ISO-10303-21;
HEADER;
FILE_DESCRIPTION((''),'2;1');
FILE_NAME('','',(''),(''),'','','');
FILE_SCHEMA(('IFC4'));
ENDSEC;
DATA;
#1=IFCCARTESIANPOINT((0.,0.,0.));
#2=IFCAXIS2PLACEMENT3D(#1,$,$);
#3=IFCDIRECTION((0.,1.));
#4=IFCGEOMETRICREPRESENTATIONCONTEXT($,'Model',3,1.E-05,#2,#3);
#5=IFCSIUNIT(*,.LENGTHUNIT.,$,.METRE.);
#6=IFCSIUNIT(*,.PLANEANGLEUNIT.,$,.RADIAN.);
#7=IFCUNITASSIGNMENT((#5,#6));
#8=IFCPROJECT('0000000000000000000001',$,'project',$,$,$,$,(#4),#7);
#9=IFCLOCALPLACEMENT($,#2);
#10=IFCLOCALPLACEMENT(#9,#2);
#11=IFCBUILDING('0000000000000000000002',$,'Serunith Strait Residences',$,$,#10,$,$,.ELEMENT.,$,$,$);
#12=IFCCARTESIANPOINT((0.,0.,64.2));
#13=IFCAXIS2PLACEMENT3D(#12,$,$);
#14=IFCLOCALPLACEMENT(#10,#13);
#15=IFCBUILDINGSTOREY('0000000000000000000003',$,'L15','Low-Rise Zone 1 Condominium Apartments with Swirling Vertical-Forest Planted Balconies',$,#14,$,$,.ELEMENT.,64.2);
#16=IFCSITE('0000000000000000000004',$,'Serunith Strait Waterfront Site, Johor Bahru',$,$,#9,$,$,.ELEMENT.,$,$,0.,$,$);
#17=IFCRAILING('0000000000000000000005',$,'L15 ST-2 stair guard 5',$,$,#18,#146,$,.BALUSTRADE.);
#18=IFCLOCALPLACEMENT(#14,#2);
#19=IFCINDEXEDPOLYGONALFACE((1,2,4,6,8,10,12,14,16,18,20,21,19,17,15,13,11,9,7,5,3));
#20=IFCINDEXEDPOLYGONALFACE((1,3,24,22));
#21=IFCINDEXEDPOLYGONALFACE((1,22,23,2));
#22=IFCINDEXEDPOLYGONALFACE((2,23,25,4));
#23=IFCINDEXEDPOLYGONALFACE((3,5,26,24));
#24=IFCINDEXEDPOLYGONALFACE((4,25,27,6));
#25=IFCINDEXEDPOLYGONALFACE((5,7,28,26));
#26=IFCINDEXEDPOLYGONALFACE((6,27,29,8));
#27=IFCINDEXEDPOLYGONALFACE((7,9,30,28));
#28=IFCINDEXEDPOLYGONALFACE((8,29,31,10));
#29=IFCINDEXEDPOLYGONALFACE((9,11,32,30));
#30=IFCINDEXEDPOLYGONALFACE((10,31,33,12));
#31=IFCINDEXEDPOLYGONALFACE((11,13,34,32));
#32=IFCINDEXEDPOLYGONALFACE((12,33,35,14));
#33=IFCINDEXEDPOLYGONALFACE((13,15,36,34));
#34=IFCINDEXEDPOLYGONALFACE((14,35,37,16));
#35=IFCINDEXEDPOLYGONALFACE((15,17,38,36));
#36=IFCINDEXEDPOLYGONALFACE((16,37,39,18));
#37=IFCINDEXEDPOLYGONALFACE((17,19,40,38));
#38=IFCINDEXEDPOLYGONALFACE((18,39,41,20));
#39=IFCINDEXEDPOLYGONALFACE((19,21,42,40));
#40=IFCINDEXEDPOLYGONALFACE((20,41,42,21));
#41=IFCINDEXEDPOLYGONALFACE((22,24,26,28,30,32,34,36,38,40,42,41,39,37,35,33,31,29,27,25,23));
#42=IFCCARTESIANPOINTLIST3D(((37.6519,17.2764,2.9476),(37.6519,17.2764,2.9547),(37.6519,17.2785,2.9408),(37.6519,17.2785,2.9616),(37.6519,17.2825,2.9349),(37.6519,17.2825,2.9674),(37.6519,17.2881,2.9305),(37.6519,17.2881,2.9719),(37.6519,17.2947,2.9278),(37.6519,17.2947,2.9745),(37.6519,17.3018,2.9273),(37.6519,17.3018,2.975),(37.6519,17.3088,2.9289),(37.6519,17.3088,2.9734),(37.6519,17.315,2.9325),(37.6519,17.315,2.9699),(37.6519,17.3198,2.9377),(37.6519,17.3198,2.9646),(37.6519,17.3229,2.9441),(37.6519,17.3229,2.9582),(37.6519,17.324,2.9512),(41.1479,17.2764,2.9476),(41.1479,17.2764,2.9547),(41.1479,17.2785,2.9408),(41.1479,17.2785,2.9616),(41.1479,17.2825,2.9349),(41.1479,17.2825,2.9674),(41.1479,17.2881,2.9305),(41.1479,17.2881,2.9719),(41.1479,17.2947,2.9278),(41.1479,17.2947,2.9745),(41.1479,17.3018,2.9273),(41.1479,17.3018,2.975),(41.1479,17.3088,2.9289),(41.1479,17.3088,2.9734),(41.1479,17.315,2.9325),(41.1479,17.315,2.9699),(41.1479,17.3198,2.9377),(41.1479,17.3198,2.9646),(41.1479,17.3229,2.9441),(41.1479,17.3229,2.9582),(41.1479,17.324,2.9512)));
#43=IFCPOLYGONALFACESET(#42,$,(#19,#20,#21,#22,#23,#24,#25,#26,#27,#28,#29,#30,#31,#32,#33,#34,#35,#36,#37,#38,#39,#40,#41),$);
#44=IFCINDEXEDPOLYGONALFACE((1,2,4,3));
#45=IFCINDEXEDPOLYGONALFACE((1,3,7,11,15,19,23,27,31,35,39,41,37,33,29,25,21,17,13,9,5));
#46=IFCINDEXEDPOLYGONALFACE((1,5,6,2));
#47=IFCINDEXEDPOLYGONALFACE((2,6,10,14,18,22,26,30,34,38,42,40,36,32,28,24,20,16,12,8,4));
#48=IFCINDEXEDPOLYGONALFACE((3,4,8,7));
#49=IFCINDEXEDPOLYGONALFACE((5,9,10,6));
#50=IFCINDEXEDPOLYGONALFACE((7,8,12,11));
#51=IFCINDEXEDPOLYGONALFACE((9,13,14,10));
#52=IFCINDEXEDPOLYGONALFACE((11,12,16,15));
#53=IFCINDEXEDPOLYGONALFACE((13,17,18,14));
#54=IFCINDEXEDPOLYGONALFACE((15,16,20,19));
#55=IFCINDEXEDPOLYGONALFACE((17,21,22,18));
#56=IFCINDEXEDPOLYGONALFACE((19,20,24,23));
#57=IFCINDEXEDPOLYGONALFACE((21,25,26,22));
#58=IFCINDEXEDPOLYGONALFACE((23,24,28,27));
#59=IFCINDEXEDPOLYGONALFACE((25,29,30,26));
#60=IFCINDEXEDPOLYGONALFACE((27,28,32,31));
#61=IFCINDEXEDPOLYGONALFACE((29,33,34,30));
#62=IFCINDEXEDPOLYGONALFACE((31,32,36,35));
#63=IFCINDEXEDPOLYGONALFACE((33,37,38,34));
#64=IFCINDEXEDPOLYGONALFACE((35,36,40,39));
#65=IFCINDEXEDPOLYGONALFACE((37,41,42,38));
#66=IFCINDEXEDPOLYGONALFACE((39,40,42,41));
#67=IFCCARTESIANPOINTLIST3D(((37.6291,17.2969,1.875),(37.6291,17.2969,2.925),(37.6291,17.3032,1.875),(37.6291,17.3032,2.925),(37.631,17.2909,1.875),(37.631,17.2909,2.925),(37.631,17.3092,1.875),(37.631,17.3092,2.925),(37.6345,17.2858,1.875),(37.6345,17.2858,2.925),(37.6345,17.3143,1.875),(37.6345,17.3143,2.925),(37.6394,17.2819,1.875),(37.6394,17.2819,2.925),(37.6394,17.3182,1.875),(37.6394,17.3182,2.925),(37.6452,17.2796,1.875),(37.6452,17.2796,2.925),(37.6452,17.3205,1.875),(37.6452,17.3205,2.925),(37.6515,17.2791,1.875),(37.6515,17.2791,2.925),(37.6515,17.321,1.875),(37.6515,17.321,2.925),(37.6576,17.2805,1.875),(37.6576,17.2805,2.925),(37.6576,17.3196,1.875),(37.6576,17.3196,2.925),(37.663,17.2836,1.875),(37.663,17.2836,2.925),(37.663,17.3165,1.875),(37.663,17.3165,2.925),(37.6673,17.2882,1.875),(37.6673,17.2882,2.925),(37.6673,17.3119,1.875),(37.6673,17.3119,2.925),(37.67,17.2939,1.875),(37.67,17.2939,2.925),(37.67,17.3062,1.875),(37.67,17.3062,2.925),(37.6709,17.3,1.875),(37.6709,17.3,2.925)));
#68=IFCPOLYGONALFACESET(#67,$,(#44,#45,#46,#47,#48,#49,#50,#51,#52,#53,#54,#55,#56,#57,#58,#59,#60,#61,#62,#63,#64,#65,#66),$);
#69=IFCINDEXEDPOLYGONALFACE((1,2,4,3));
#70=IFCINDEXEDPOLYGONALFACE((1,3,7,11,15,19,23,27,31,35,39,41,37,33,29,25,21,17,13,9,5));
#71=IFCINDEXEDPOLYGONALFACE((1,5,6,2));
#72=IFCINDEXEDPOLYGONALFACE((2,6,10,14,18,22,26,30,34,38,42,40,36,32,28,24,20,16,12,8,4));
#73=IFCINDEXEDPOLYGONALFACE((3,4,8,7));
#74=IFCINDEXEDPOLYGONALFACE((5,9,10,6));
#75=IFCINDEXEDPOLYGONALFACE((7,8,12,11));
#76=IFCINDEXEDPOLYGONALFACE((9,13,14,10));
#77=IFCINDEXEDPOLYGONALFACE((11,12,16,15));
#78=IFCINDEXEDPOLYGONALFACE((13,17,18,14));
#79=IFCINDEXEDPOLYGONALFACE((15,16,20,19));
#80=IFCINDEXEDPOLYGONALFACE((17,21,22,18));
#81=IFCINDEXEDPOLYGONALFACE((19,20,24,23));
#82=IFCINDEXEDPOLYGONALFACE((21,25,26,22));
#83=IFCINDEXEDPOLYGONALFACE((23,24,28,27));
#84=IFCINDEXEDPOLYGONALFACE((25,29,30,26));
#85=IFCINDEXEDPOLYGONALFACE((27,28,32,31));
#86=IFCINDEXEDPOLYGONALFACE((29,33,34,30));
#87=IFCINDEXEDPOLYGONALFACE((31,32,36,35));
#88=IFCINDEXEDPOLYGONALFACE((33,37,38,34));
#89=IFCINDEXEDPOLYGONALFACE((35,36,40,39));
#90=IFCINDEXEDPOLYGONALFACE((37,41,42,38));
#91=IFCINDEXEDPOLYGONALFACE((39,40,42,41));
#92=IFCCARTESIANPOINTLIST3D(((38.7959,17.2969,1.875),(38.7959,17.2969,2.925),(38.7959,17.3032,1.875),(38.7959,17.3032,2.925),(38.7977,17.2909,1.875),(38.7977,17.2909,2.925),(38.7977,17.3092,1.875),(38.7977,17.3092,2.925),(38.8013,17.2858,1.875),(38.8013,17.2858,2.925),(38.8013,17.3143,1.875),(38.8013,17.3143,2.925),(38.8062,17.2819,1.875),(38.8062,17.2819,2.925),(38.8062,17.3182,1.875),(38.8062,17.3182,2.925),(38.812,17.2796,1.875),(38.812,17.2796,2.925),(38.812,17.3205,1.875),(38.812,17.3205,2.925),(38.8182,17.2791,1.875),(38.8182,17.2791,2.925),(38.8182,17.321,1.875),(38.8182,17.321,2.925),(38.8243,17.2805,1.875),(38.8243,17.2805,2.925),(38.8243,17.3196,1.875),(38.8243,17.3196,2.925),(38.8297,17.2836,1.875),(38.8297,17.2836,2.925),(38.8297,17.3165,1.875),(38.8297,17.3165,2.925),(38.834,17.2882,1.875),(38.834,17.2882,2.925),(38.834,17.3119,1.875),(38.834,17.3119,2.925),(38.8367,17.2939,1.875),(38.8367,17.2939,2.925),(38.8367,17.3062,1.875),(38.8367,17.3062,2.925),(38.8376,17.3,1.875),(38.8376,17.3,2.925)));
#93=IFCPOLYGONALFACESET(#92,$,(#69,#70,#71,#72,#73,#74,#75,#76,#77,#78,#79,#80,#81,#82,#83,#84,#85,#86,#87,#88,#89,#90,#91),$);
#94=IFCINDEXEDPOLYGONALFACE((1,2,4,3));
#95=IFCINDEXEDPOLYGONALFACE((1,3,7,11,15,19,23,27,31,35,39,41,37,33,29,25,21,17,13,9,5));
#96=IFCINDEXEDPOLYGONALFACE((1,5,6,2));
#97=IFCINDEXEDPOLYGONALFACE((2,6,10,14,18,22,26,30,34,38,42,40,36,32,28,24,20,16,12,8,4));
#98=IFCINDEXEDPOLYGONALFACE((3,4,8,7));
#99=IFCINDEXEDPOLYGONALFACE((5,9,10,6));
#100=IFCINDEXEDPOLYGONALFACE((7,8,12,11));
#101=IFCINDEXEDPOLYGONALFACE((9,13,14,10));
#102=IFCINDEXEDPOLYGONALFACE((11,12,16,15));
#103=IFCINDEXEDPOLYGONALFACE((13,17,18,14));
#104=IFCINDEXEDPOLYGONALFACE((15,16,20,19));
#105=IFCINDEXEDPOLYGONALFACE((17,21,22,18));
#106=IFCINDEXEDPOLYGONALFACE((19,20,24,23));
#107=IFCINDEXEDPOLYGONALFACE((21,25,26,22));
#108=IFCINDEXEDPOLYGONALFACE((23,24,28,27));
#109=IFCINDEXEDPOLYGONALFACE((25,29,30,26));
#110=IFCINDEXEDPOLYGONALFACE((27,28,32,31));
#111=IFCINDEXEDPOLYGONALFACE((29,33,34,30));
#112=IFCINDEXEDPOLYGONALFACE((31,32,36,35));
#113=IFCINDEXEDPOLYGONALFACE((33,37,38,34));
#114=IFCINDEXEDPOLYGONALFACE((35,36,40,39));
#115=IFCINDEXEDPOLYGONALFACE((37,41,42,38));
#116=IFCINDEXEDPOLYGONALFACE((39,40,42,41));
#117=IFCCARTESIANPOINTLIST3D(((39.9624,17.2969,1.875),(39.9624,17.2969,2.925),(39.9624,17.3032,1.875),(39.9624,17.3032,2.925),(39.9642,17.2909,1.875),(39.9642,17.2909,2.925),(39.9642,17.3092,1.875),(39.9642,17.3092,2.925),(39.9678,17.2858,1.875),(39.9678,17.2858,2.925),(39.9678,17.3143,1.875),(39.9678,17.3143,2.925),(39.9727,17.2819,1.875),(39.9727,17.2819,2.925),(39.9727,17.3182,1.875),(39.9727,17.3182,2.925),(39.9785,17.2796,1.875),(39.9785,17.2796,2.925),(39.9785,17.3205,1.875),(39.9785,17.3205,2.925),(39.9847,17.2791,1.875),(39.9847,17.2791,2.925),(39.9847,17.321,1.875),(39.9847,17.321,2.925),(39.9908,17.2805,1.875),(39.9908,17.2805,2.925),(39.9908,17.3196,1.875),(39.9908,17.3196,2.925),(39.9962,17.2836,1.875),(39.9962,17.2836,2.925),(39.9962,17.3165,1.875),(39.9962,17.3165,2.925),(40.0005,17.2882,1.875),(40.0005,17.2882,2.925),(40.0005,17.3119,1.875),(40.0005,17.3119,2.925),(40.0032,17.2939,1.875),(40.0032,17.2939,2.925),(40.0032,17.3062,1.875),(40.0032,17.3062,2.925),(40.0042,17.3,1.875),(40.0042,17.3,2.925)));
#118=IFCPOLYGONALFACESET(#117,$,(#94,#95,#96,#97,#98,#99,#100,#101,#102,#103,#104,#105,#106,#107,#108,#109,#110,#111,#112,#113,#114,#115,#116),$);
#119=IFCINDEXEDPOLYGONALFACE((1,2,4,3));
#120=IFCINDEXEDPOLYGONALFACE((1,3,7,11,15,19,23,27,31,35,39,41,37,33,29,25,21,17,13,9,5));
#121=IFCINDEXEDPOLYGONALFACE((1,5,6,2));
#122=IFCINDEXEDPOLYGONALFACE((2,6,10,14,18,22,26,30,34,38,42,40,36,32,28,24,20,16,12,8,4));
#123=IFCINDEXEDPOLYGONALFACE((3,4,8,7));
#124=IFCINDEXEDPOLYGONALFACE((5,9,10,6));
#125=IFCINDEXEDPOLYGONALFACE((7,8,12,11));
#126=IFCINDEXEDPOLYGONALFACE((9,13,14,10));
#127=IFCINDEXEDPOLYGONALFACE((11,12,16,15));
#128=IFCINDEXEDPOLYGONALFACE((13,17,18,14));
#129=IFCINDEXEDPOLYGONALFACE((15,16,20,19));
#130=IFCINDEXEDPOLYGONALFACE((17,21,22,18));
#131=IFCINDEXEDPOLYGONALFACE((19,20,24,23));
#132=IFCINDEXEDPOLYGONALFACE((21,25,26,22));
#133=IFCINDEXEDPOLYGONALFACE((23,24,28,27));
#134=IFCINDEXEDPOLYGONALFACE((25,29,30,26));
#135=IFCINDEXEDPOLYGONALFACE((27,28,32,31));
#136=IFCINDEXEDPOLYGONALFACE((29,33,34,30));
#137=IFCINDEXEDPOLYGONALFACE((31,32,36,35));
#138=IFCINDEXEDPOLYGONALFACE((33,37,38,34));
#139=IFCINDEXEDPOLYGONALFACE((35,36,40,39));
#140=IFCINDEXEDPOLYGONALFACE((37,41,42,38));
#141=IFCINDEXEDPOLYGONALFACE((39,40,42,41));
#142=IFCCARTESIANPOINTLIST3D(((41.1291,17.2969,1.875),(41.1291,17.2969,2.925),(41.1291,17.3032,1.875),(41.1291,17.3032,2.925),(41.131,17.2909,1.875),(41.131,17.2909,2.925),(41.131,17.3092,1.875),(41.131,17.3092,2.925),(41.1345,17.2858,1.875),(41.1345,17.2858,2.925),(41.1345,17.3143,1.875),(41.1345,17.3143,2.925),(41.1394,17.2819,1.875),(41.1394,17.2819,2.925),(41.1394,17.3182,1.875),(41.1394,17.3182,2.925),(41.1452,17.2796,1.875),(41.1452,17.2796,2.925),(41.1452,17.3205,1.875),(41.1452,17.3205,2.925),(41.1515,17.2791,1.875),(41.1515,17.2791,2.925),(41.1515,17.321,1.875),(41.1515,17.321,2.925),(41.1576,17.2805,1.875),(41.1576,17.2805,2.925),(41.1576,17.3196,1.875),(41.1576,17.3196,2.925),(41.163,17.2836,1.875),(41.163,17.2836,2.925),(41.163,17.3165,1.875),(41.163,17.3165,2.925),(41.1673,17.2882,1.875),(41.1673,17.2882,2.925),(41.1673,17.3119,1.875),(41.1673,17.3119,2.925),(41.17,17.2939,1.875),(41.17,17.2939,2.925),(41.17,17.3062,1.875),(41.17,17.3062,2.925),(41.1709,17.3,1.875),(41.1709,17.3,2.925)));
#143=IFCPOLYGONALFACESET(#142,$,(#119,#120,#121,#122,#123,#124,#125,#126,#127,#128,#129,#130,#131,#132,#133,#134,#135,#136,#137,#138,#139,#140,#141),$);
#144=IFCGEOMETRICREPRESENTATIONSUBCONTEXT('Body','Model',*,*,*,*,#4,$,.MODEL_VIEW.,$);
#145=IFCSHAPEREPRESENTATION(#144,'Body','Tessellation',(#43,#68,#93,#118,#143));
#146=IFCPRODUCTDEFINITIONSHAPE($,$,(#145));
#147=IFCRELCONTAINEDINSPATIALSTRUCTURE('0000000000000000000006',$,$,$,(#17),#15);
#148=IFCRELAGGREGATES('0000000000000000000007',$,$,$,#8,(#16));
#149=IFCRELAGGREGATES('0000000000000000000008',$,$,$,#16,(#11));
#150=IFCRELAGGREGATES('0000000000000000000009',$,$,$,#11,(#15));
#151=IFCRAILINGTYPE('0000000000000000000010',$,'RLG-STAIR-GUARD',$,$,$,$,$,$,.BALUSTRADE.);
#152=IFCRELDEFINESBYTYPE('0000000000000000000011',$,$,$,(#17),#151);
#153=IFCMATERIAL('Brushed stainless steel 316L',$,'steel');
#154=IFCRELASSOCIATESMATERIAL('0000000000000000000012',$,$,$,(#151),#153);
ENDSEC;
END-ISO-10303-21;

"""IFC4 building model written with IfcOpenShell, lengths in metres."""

from ifc_helpers import new_model, si_unit, direction, frame, origin, origin_2d, place, context, subcontext, project, spatial, circle, extrude, material, type_object, element, save


model = new_model("IFC4")

# Units and contexts
model_context = context("Model", 3, precision=1e-05, world=origin(), true_north=direction((0.0, 1.0)))
body_context = subcontext(model_context, "Body", "Model", "MODEL_VIEW")
ifc_project = project(units=[si_unit("LENGTHUNIT", "METRE"), si_unit("PLANEANGLEUNIT", "RADIAN")], contexts=[model_context])

# Site, building, storey
site_placement = place(None, origin())
site = spatial("IfcSite", under=ifc_project, at=site_placement, Name="Serunith Strait Waterfront Site, Johor Bahru", CompositionType="ELEMENT", RefElevation=0.0)
building_placement = place(site_placement, origin())
building = spatial("IfcBuilding", under=site, at=building_placement, Name="Serunith Strait Residences", CompositionType="ELEMENT")
storey_placement = place(building_placement, frame((0.0, 0.0, 64.2)))
storey = spatial("IfcBuildingStorey", under=building, at=storey_placement, Name="L15", Description="Low-Rise Zone 1 Condominium Apartments with Swirling Vertical-Forest Planted Balconies", CompositionType="ELEMENT", Elevation=64.2)

# Railing
ifc_material_1 = material(Name="Brushed stainless steel 316L", Category="steel")
railing_type_1 = type_object("IfcRailingType", Name="RLG-STAIR-GUARD", PredefinedType="BALUSTRADE", material=ifc_material_1)
railing_1_placement = place(storey_placement, frame((37.6499, 17.3, 1.875)))
element("IfcRailing", 1, at=railing_1_placement, inside=storey, type_object=railing_type_1, Name="L15 ST-2 stair guard 5", PredefinedType="BALUSTRADE", context=body_context, shape_type="SweptSolid", body=[
    extrude(circle(Radius=0.0239, at=origin_2d()), frame((0.002, 0.0, 1.0762), z_axis=(1.0, 0.0, 0.0), x_axis=(0.0, 1.0, 0.0)), (0.0, 0.0, 1.0), 3.4961),
    extrude(circle(Radius=0.021, at=origin_2d()), origin(), (0.0, 0.0, 1.0), 1.05),
    extrude(circle(Radius=0.021, at=origin_2d()), frame((1.1667, 0.0, 0.0)), (0.0, 0.0, 1.0), 1.05),
    extrude(circle(Radius=0.021, at=origin_2d()), frame((2.3333, 0.0, 0.0)), (0.0, 0.0, 1.0), 1.05),
    extrude(circle(Radius=0.021, at=origin_2d()), frame((3.5, 0.0, 0.0)), (0.0, 0.0, 1.0), 1.05),
])

save(model, "model.ifc")
